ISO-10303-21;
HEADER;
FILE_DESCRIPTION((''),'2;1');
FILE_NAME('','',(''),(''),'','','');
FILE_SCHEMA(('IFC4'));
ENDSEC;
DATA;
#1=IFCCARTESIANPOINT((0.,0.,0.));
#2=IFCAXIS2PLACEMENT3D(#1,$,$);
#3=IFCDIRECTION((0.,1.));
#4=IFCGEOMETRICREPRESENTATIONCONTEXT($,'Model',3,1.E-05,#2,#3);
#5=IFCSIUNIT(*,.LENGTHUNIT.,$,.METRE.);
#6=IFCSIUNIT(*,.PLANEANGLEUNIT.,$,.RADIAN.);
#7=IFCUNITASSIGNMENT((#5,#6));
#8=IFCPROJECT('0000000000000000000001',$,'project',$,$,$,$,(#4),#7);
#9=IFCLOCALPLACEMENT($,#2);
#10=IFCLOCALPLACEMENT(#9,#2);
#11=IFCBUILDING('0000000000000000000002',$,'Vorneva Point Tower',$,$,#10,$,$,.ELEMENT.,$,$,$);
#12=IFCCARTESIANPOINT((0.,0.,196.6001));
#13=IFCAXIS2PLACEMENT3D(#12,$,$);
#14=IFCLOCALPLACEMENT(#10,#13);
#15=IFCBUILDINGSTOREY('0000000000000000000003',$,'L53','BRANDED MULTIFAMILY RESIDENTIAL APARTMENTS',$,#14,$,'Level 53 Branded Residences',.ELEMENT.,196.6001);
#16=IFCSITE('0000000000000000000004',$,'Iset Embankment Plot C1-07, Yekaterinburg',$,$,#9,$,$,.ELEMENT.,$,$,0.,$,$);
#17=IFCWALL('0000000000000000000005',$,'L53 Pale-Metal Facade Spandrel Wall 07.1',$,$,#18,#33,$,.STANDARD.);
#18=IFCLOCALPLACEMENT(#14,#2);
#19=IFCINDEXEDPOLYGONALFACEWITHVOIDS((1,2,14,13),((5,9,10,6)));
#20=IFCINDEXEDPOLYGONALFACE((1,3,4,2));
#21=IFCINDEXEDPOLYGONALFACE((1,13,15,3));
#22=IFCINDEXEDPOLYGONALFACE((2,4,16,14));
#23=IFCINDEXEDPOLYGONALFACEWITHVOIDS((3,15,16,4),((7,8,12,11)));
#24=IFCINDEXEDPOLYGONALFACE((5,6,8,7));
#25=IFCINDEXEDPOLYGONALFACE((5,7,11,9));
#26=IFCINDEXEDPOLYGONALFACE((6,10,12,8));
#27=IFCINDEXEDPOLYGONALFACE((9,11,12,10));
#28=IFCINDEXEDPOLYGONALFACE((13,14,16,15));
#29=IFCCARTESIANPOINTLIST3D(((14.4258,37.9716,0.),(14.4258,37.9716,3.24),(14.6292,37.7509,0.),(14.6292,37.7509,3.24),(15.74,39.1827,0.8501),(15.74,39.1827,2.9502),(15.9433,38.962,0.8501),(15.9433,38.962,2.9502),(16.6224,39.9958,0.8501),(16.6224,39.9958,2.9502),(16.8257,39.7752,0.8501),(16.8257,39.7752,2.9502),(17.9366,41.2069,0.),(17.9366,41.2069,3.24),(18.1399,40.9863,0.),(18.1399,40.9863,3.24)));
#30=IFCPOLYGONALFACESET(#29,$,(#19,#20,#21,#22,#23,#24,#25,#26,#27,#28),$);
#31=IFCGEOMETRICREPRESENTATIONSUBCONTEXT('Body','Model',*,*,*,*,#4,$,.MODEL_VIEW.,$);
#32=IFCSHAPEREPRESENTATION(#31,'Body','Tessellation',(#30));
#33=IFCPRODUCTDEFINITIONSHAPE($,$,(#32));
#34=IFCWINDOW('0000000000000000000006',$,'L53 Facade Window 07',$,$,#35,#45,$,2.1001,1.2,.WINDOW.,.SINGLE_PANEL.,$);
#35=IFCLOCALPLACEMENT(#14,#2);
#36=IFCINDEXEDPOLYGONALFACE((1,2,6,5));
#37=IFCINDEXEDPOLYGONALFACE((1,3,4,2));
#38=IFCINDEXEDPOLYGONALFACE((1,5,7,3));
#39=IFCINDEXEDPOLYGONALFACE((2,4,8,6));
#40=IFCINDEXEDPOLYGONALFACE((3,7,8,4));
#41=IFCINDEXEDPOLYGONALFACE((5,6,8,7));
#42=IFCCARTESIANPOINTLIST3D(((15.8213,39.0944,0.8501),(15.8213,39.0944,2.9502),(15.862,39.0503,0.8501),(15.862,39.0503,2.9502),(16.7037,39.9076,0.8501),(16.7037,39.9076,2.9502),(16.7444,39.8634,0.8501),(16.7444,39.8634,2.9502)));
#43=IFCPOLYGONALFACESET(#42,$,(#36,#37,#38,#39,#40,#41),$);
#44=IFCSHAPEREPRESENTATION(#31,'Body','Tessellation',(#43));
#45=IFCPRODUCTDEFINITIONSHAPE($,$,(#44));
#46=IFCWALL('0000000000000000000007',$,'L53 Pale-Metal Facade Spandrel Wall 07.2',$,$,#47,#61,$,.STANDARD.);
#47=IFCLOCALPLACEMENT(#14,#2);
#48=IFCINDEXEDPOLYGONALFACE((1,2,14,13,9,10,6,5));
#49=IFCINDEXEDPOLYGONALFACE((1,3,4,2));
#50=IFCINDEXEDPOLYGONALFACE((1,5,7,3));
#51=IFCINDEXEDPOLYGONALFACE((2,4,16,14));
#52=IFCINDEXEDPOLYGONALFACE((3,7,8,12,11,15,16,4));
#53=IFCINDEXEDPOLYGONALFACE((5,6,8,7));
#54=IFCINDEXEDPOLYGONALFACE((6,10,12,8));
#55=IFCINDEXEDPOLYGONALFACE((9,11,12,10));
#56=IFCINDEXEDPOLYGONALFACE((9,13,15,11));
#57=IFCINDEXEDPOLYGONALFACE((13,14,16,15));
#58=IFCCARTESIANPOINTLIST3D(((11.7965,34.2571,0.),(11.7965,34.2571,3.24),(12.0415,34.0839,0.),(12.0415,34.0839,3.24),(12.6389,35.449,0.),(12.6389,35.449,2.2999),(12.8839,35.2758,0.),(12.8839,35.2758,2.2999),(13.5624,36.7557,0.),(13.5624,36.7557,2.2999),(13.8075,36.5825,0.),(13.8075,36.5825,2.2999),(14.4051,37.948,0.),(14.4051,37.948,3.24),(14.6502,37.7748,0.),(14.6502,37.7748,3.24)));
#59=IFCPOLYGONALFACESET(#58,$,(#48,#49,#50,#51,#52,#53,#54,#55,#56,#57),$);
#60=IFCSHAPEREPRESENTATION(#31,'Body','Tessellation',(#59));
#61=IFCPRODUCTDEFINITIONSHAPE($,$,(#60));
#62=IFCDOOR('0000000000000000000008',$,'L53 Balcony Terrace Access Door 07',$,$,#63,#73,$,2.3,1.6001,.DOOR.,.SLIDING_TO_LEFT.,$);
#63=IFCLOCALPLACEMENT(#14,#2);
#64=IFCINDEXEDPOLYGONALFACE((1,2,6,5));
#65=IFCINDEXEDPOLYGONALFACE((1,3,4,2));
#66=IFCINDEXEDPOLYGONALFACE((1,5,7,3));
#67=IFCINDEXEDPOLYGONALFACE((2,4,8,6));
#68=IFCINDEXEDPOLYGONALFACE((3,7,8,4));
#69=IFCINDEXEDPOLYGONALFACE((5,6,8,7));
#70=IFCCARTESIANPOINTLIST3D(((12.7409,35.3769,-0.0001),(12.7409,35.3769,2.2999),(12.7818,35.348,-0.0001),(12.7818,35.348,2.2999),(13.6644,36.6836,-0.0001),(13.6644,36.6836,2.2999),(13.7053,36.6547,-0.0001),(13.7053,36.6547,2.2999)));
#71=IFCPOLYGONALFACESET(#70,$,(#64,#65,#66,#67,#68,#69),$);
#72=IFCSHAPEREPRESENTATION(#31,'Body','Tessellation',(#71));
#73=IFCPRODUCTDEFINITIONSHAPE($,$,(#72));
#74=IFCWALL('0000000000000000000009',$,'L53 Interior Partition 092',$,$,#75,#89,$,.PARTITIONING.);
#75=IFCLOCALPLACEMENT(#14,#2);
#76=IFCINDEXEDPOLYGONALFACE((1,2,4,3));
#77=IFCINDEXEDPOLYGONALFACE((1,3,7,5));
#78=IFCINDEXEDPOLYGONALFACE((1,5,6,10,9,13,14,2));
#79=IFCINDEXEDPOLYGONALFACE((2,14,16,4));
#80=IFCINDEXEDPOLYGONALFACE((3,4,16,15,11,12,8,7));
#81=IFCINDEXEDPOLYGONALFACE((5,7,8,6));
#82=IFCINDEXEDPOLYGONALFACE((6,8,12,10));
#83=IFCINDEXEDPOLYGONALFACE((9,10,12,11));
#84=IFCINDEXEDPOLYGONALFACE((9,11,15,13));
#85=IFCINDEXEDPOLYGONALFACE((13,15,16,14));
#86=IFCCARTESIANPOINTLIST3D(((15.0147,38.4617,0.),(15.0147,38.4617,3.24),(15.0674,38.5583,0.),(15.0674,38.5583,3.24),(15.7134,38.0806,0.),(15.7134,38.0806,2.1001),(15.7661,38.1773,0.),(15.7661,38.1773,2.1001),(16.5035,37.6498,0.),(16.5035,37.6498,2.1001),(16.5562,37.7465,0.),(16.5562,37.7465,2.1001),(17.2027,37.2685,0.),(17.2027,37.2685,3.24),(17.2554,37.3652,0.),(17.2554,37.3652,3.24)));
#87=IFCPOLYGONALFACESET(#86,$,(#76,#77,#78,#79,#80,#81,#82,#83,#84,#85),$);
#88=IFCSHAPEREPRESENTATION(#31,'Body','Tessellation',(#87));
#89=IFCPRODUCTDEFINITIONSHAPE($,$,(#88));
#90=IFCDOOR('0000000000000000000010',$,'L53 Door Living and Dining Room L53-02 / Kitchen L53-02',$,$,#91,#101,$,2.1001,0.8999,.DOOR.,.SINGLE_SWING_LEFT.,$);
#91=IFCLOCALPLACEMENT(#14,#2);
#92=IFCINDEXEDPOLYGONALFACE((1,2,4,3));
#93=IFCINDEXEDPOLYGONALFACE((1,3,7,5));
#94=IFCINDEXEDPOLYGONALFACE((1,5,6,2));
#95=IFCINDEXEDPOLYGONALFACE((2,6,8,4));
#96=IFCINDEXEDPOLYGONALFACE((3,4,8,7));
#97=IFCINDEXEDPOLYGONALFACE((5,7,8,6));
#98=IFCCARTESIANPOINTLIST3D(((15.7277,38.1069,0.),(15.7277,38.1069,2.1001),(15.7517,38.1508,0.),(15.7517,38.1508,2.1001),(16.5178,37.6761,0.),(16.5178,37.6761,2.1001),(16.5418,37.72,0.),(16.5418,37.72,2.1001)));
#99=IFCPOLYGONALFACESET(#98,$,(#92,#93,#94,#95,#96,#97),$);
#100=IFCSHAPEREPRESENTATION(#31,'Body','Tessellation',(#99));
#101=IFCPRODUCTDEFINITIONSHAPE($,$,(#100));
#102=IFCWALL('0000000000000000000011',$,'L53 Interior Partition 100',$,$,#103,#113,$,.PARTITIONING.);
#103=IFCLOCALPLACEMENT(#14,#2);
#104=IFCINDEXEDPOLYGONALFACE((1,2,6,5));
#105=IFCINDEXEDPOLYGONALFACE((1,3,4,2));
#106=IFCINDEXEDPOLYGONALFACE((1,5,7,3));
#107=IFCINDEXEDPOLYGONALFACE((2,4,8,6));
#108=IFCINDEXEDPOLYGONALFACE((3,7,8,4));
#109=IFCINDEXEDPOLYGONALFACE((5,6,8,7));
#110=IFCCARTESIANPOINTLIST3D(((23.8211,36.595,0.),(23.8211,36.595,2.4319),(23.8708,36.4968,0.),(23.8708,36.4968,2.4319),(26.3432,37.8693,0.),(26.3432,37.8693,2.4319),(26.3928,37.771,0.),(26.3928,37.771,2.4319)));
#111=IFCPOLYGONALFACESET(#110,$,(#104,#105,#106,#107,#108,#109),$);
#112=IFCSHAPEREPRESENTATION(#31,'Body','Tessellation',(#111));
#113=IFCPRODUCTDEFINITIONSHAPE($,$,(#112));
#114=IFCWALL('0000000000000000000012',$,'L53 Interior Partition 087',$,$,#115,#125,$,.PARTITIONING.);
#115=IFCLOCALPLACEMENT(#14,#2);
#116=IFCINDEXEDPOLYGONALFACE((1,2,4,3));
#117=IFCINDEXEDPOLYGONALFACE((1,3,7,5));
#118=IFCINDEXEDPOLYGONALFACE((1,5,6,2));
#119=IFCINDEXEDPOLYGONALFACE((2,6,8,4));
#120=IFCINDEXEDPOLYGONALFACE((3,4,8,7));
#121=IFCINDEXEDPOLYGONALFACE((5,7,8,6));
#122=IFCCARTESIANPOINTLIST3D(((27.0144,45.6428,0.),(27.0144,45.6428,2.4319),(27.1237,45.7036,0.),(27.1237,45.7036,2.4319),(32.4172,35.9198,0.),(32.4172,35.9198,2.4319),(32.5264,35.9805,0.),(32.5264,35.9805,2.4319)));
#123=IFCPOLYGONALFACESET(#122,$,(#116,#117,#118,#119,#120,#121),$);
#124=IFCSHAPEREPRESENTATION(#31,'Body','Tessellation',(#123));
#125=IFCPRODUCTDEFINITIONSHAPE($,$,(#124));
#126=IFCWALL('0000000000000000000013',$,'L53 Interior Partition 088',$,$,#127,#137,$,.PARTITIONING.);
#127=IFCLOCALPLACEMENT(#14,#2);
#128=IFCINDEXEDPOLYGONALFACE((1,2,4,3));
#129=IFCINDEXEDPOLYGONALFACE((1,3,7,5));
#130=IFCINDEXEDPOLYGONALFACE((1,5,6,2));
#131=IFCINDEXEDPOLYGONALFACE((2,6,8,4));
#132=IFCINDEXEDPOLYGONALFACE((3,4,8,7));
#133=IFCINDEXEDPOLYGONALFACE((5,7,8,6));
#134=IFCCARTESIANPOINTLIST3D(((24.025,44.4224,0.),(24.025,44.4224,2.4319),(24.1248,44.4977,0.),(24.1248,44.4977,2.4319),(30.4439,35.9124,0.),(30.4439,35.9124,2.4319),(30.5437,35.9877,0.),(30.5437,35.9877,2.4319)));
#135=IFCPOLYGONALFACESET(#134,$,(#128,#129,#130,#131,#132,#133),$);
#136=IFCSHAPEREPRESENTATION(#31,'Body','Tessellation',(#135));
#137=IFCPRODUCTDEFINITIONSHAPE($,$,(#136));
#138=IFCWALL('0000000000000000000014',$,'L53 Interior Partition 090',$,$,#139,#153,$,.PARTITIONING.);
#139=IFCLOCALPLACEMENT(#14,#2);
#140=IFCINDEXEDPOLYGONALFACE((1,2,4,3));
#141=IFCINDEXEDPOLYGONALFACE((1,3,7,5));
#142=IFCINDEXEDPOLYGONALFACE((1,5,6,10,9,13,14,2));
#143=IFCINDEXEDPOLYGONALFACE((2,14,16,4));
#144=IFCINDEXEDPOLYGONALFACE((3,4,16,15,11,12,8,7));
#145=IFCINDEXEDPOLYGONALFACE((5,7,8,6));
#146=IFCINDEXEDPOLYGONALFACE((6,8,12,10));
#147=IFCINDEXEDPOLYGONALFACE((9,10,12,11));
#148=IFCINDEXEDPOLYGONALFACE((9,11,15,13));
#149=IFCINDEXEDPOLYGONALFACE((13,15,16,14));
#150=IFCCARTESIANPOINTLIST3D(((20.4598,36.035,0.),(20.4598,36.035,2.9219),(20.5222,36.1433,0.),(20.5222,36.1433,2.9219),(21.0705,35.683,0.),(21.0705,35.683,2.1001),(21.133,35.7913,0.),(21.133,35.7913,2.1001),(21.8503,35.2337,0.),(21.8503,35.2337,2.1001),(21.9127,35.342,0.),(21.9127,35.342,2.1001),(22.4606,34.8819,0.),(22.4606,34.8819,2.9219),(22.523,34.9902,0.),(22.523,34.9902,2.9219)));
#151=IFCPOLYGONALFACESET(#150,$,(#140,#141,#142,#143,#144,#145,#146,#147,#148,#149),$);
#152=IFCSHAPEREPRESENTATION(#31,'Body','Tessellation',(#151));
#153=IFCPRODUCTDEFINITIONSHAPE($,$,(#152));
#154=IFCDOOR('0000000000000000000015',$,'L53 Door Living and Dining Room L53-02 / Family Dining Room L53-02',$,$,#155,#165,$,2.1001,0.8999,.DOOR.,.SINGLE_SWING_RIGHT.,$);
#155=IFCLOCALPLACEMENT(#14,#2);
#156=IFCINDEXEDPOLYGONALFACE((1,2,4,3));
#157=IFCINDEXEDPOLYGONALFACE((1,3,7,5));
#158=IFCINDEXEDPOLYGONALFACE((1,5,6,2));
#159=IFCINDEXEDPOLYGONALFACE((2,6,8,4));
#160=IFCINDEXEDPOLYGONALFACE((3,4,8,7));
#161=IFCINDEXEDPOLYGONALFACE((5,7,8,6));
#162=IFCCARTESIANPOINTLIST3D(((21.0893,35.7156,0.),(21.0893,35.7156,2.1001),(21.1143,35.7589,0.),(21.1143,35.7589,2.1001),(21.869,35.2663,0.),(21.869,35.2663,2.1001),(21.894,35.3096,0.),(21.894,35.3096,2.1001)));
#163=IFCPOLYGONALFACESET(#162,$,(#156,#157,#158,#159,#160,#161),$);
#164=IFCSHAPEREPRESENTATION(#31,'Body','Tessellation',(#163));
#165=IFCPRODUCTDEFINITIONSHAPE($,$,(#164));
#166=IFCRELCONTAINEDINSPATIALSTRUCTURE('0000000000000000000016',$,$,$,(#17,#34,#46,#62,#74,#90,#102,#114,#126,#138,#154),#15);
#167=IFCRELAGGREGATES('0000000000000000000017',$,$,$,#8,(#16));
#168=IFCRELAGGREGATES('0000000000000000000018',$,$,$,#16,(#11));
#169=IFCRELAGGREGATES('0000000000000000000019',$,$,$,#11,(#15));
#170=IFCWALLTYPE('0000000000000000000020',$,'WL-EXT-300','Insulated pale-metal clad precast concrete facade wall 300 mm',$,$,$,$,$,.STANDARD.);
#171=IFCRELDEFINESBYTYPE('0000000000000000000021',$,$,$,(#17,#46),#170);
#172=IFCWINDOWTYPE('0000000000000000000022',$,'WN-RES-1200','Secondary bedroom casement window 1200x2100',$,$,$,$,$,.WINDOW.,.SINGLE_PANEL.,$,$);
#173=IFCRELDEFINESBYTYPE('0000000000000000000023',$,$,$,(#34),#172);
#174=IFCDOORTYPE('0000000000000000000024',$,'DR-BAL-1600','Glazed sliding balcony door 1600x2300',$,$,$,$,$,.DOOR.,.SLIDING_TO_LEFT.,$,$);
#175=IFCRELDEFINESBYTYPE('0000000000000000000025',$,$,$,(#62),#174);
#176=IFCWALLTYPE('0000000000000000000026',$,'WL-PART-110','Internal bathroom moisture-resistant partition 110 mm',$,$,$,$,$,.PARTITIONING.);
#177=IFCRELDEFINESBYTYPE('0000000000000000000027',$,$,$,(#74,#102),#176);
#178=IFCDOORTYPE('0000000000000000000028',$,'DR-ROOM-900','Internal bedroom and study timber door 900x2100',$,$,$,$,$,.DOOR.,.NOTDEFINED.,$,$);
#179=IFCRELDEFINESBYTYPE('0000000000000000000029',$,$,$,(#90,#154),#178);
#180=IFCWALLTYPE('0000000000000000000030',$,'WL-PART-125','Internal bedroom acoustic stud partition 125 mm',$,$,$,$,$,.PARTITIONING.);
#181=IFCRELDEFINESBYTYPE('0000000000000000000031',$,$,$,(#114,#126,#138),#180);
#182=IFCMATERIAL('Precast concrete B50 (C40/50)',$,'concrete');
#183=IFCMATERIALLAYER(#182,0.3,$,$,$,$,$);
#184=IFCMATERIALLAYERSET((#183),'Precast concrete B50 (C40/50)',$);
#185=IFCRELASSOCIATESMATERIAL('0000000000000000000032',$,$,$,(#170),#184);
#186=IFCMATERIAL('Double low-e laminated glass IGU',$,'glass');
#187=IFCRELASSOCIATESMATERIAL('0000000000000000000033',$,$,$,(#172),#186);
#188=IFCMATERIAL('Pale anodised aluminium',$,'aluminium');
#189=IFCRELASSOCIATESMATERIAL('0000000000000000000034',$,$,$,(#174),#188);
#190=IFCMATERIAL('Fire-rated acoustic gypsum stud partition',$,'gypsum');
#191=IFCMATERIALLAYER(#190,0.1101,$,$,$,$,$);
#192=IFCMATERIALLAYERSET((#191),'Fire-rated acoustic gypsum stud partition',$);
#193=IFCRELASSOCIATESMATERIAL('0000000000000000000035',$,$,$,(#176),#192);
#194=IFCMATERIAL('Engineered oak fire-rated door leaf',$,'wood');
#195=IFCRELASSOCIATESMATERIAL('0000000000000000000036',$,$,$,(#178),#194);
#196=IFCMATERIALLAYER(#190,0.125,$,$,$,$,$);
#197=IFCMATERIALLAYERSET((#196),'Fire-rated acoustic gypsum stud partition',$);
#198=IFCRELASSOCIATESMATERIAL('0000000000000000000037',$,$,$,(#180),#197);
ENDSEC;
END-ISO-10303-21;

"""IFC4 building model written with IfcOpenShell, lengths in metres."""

from ifc_helpers import new_model, si_unit, direction, frame, frame_2d, origin, place, context, subcontext, project, spatial, rectangle, extrude, material, layer, layer_set, type_object, element, fill, save


model = new_model("IFC4")

# Units and contexts
model_context = context("Model", 3, precision=1e-05, world=origin(), true_north=direction((0.0, 1.0)))
body_context = subcontext(model_context, "Body", "Model", "MODEL_VIEW")
ifc_project = project(units=[si_unit("LENGTHUNIT", "METRE"), si_unit("PLANEANGLEUNIT", "RADIAN")], contexts=[model_context])

# Site, building, storey
site_placement = place(None, origin())
site = spatial("IfcSite", under=ifc_project, at=site_placement, Name="Iset Embankment Plot C1-07, Yekaterinburg", CompositionType="ELEMENT", RefElevation=0.0)
building_placement = place(site_placement, origin())
building = spatial("IfcBuilding", under=site, at=building_placement, Name="Vorneva Point Tower", CompositionType="ELEMENT")
storey_placement = place(building_placement, frame((0.0, 0.0, 196.6001)))
storey = spatial("IfcBuildingStorey", under=building, at=storey_placement, Name="L53", Description="BRANDED MULTIFAMILY RESIDENTIAL APARTMENTS", LongName="Level 53 Branded Residences", CompositionType="ELEMENT", Elevation=196.6001)

# Shared definitions
ifc_material_1 = material(Name="Pale anodised aluminium", Category="aluminium")
ifc_material_2 = material(Name="Double low-e laminated glass IGU", Category="glass")

# Wall, opening, window
ifc_material_3 = material(Name="Precast concrete B50 (C40/50)", Category="concrete")
ifc_layer_1 = layer(ifc_material_3, 0.3)
ifc_layer_set_1 = layer_set([ifc_layer_1], Name="Precast concrete B50 (C40/50)")
wall_type_1 = type_object("IfcWallType", Name="WL-EXT-300", Description="Insulated pale-metal clad precast concrete facade wall 300 mm", PredefinedType="STANDARD", material=ifc_layer_set_1)
wall_1_placement = place(storey_placement, frame((18.0383, 41.0967, 0.0), z_axis=(0.0, 0.0, 1.0), x_axis=(-0.73536, -0.677677, 0.0)))
wall_1 = element("IfcWall", 1, at=wall_1_placement, inside=storey, type_object=wall_type_1, Name="L53 Pale-Metal Facade Spandrel Wall 07.1", PredefinedType="STANDARD", context=body_context, shape_type="SweptSolid", body=[
    extrude(rectangle(XDim=4.7742, YDim=0.3, at=frame_2d((2.3872, 0.0))), origin(), (0.0, 0.0, 1.0), 3.24),
])
opening_1_placement = place(wall_1_placement, frame((1.7871, 0.0, 0.8501)))
opening_1 = element("IfcOpeningElement", 2, at=opening_1_placement, cuts=wall_1, PredefinedType="OPENING", context=body_context, shape_type="SweptSolid", body=[
    extrude(rectangle(XDim=1.2, YDim=2.1001, at=frame_2d((0.6001, 1.05))), frame((0.0, 0.165, 0.0), z_axis=(0.0, -1.0, 0.0), x_axis=(1.0, 0.0, 0.0)), (0.0, 0.0, 1.0), 0.3298),
])
window_type = type_object("IfcWindowType", Name="WN-RES-1200", Description="Secondary bedroom casement window 1200x2100", PartitioningType="SINGLE_PANEL", PredefinedType="WINDOW", material=ifc_material_2)
window_placement = place(opening_1_placement, origin())
window = element("IfcWindow", 3, at=window_placement, inside=storey, type_object=window_type, Name="L53 Facade Window 07", OverallHeight=2.1001, OverallWidth=1.2, PartitioningType="SINGLE_PANEL", PredefinedType="WINDOW", context=body_context, shape_type="SweptSolid", body=[
    extrude(rectangle(XDim=1.2, YDim=2.1001, at=frame_2d((0.6001, 1.05))), frame((0.0, 0.03, 0.0), z_axis=(0.0, -1.0, 0.0), x_axis=(1.0, 0.0, 0.0)), (0.0, 0.0, 1.0), 0.0601),
])
fill(opening_1, window)

# Walls, openings, doors
wall_2_placement = place(storey_placement, frame((14.5276, 37.8613, 0.0), z_axis=(0.0, 0.0, 1.0), x_axis=(-0.577169, -0.816625, 0.0)))
wall_2 = element("IfcWall", 4, at=wall_2_placement, inside=storey, type_object=wall_type_1, Name="L53 Pale-Metal Facade Spandrel Wall 07.2", PredefinedType="STANDARD", context=body_context, shape_type="SweptSolid", body=[
    extrude(rectangle(XDim=4.5198, YDim=0.3, at=frame_2d((2.2598, 0.0))), origin(), (0.0, 0.0, 1.0), 3.24),
])
opening_2_placement = place(wall_2_placement, frame((1.46, 0.0, 0.0)))
opening_2 = element("IfcOpeningElement", 5, at=opening_2_placement, cuts=wall_2, PredefinedType="OPENING", context=body_context, shape_type="SweptSolid", body=[
    extrude(rectangle(XDim=1.6001, YDim=2.3, at=frame_2d((0.8, 1.1499))), frame((0.0, 0.165, 0.0), z_axis=(0.0, -1.0, 0.0), x_axis=(1.0, 0.0, 0.0)), (0.0, 0.0, 1.0), 0.3298),
])
door_type_1 = type_object("IfcDoorType", Name="DR-BAL-1600", Description="Glazed sliding balcony door 1600x2300", OperationType="SLIDING_TO_LEFT", PredefinedType="DOOR", material=ifc_material_1)
door_1_placement = place(opening_2_placement, origin())
door_1 = element("IfcDoor", 6, at=door_1_placement, inside=storey, type_object=door_type_1, Name="L53 Balcony Terrace Access Door 07", OperationType="SLIDING_TO_LEFT", OverallHeight=2.3, OverallWidth=1.6001, PredefinedType="DOOR", context=body_context, shape_type="SweptSolid", body=[
    extrude(rectangle(XDim=1.6001, YDim=2.3, at=frame_2d((0.8, 1.1499))), frame((0.0, 0.0249, 0.0), z_axis=(0.0, -1.0, 0.0), x_axis=(1.0, 0.0, 0.0)), (0.0, 0.0, 1.0), 0.05),
])
fill(opening_2, door_1)
ifc_material_4 = material(Name="Fire-rated acoustic gypsum stud partition", Category="gypsum")
ifc_layer_2 = layer(ifc_material_4, 0.1101)
ifc_layer_set_2 = layer_set([ifc_layer_2], Name="Fire-rated acoustic gypsum stud partition")
wall_type_2 = type_object("IfcWallType", Name="WL-PART-110", Description="Internal bathroom moisture-resistant partition 110 mm", PredefinedType="PARTITIONING", material=ifc_layer_set_2)
wall_3_placement = place(storey_placement, frame((15.041, 38.51, 0.0), z_axis=(0.0, 0.0, 1.0), x_axis=(0.877952, -0.478749, 0.0)))
wall_3 = element("IfcWall", 7, at=wall_3_placement, inside=storey, type_object=wall_type_2, Name="L53 Interior Partition 092", PredefinedType="PARTITIONING", context=body_context, shape_type="SweptSolid", body=[
    extrude(rectangle(XDim=2.4922, YDim=0.1101, at=frame_2d((1.2461, 0.0))), origin(), (0.0, 0.0, 1.0), 3.24),
])
opening_3_placement = place(wall_3_placement, frame((0.7959, 0.0, 0.0)))
opening_3 = element("IfcOpeningElement", 8, at=opening_3_placement, cuts=wall_3, PredefinedType="OPENING", context=body_context, shape_type="SweptSolid", body=[
    extrude(rectangle(XDim=0.8999, YDim=2.1001, at=frame_2d((0.45, 1.05))), frame((0.0, 0.0698, 0.0), z_axis=(0.0, -1.0, 0.0), x_axis=(1.0, 0.0, 0.0)), (0.0, 0.0, 1.0), 0.1399),
])
ifc_material_5 = material(Name="Engineered oak fire-rated door leaf", Category="wood")
door_type_2 = type_object("IfcDoorType", Name="DR-ROOM-900", Description="Internal bedroom and study timber door 900x2100", OperationType="NOTDEFINED", PredefinedType="DOOR", material=ifc_material_5)
door_2_placement = place(opening_3_placement, origin())
door_2 = element("IfcDoor", 9, at=door_2_placement, inside=storey, type_object=door_type_2, Name="L53 Door Living and Dining Room L53-02 / Kitchen L53-02", OperationType="SINGLE_SWING_LEFT", OverallHeight=2.1001, OverallWidth=0.8999, PredefinedType="DOOR", context=body_context, shape_type="SweptSolid", body=[
    extrude(rectangle(XDim=0.8999, YDim=2.1001, at=frame_2d((0.45, 1.05))), frame((0.0, 0.0249, 0.0), z_axis=(0.0, -1.0, 0.0), x_axis=(1.0, 0.0, 0.0)), (0.0, 0.0, 1.0), 0.05),
])
fill(opening_3, door_2)

# Walls
wall_4_placement = place(storey_placement, frame((23.8459, 36.5459, 0.0), z_axis=(0.0, 0.0, 1.0), x_axis=(0.892553, 0.450942, 0.0)))
element("IfcWall", 10, at=wall_4_placement, inside=storey, type_object=wall_type_2, Name="L53 Interior Partition 100", PredefinedType="PARTITIONING", context=body_context, shape_type="SweptSolid", body=[
    extrude(rectangle(XDim=2.8257, YDim=0.1101, at=frame_2d((1.4128, 0.0))), origin(), (0.0, 0.0, 1.0), 2.4319),
])
ifc_layer_3 = layer(ifc_material_4, 0.125)
ifc_layer_set_3 = layer_set([ifc_layer_3], Name="Fire-rated acoustic gypsum stud partition")
wall_type_3 = type_object("IfcWallType", Name="WL-PART-125", Description="Internal bedroom acoustic stud partition 125 mm", PredefinedType="PARTITIONING", material=ifc_layer_set_3)
wall_5_placement = place(storey_placement, frame((27.0691, 45.6731, 0.0), z_axis=(0.0, 0.0, 1.0), x_axis=(0.485717, -0.874116, 0.0)))
element("IfcWall", 11, at=wall_5_placement, inside=storey, type_object=wall_type_3, Name="L53 Interior Partition 087", PredefinedType="PARTITIONING", context=body_context, shape_type="SweptSolid", body=[
    extrude(rectangle(XDim=11.1233, YDim=0.125, at=frame_2d((5.5615, 0.0))), origin(), (0.0, 0.0, 1.0), 2.4319),
])
wall_6_placement = place(storey_placement, frame((24.075, 44.46, 0.0), z_axis=(0.0, 0.0, 1.0), x_axis=(0.602186, -0.798356, 0.0)))
element("IfcWall", 12, at=wall_6_placement, inside=storey, type_object=wall_type_3, Name="L53 Interior Partition 088", PredefinedType="PARTITIONING", context=body_context, shape_type="SweptSolid", body=[
    extrude(rectangle(XDim=10.6594, YDim=0.125, at=frame_2d((5.3296, 0.0))), origin(), (0.0, 0.0, 1.0), 2.4319),
])

# Wall, opening, door
wall_7_placement = place(storey_placement, frame((22.4919, 34.936, 0.0), z_axis=(0.0, 0.0, 1.0), x_axis=(-0.866435, 0.499289, 0.0)))
wall_7 = element("IfcWall", 13, at=wall_7_placement, inside=storey, type_object=wall_type_3, Name="L53 Interior Partition 090", PredefinedType="PARTITIONING", context=body_context, shape_type="SweptSolid", body=[
    extrude(rectangle(XDim=2.3093, YDim=0.125, at=frame_2d((1.1548, 0.0))), origin(), (0.0, 0.0, 1.0), 2.9219),
])
opening_4_placement = place(wall_7_placement, frame((0.7046, 0.0, 0.0)))
opening_4 = element("IfcOpeningElement", 14, at=opening_4_placement, cuts=wall_7, PredefinedType="OPENING", context=body_context, shape_type="SweptSolid", body=[
    extrude(rectangle(XDim=0.8999, YDim=2.1001, at=frame_2d((0.45, 1.05))), frame((0.0, 0.0774, 0.0), z_axis=(0.0, -1.0, 0.0), x_axis=(1.0, 0.0, 0.0)), (0.0, 0.0, 1.0), 0.1548),
])
door_3_placement = place(opening_4_placement, origin())
door_3 = element("IfcDoor", 15, at=door_3_placement, inside=storey, type_object=door_type_2, Name="L53 Door Living and Dining Room L53-02 / Family Dining Room L53-02", OperationType="SINGLE_SWING_RIGHT", OverallHeight=2.1001, OverallWidth=0.8999, PredefinedType="DOOR", context=body_context, shape_type="SweptSolid", body=[
    extrude(rectangle(XDim=0.8999, YDim=2.1001, at=frame_2d((0.45, 1.05))), frame((0.0, 0.0249, 0.0), z_axis=(0.0, -1.0, 0.0), x_axis=(1.0, 0.0, 0.0)), (0.0, 0.0, 1.0), 0.05),
])
fill(opening_4, door_3)

save(model, "model.ifc")
